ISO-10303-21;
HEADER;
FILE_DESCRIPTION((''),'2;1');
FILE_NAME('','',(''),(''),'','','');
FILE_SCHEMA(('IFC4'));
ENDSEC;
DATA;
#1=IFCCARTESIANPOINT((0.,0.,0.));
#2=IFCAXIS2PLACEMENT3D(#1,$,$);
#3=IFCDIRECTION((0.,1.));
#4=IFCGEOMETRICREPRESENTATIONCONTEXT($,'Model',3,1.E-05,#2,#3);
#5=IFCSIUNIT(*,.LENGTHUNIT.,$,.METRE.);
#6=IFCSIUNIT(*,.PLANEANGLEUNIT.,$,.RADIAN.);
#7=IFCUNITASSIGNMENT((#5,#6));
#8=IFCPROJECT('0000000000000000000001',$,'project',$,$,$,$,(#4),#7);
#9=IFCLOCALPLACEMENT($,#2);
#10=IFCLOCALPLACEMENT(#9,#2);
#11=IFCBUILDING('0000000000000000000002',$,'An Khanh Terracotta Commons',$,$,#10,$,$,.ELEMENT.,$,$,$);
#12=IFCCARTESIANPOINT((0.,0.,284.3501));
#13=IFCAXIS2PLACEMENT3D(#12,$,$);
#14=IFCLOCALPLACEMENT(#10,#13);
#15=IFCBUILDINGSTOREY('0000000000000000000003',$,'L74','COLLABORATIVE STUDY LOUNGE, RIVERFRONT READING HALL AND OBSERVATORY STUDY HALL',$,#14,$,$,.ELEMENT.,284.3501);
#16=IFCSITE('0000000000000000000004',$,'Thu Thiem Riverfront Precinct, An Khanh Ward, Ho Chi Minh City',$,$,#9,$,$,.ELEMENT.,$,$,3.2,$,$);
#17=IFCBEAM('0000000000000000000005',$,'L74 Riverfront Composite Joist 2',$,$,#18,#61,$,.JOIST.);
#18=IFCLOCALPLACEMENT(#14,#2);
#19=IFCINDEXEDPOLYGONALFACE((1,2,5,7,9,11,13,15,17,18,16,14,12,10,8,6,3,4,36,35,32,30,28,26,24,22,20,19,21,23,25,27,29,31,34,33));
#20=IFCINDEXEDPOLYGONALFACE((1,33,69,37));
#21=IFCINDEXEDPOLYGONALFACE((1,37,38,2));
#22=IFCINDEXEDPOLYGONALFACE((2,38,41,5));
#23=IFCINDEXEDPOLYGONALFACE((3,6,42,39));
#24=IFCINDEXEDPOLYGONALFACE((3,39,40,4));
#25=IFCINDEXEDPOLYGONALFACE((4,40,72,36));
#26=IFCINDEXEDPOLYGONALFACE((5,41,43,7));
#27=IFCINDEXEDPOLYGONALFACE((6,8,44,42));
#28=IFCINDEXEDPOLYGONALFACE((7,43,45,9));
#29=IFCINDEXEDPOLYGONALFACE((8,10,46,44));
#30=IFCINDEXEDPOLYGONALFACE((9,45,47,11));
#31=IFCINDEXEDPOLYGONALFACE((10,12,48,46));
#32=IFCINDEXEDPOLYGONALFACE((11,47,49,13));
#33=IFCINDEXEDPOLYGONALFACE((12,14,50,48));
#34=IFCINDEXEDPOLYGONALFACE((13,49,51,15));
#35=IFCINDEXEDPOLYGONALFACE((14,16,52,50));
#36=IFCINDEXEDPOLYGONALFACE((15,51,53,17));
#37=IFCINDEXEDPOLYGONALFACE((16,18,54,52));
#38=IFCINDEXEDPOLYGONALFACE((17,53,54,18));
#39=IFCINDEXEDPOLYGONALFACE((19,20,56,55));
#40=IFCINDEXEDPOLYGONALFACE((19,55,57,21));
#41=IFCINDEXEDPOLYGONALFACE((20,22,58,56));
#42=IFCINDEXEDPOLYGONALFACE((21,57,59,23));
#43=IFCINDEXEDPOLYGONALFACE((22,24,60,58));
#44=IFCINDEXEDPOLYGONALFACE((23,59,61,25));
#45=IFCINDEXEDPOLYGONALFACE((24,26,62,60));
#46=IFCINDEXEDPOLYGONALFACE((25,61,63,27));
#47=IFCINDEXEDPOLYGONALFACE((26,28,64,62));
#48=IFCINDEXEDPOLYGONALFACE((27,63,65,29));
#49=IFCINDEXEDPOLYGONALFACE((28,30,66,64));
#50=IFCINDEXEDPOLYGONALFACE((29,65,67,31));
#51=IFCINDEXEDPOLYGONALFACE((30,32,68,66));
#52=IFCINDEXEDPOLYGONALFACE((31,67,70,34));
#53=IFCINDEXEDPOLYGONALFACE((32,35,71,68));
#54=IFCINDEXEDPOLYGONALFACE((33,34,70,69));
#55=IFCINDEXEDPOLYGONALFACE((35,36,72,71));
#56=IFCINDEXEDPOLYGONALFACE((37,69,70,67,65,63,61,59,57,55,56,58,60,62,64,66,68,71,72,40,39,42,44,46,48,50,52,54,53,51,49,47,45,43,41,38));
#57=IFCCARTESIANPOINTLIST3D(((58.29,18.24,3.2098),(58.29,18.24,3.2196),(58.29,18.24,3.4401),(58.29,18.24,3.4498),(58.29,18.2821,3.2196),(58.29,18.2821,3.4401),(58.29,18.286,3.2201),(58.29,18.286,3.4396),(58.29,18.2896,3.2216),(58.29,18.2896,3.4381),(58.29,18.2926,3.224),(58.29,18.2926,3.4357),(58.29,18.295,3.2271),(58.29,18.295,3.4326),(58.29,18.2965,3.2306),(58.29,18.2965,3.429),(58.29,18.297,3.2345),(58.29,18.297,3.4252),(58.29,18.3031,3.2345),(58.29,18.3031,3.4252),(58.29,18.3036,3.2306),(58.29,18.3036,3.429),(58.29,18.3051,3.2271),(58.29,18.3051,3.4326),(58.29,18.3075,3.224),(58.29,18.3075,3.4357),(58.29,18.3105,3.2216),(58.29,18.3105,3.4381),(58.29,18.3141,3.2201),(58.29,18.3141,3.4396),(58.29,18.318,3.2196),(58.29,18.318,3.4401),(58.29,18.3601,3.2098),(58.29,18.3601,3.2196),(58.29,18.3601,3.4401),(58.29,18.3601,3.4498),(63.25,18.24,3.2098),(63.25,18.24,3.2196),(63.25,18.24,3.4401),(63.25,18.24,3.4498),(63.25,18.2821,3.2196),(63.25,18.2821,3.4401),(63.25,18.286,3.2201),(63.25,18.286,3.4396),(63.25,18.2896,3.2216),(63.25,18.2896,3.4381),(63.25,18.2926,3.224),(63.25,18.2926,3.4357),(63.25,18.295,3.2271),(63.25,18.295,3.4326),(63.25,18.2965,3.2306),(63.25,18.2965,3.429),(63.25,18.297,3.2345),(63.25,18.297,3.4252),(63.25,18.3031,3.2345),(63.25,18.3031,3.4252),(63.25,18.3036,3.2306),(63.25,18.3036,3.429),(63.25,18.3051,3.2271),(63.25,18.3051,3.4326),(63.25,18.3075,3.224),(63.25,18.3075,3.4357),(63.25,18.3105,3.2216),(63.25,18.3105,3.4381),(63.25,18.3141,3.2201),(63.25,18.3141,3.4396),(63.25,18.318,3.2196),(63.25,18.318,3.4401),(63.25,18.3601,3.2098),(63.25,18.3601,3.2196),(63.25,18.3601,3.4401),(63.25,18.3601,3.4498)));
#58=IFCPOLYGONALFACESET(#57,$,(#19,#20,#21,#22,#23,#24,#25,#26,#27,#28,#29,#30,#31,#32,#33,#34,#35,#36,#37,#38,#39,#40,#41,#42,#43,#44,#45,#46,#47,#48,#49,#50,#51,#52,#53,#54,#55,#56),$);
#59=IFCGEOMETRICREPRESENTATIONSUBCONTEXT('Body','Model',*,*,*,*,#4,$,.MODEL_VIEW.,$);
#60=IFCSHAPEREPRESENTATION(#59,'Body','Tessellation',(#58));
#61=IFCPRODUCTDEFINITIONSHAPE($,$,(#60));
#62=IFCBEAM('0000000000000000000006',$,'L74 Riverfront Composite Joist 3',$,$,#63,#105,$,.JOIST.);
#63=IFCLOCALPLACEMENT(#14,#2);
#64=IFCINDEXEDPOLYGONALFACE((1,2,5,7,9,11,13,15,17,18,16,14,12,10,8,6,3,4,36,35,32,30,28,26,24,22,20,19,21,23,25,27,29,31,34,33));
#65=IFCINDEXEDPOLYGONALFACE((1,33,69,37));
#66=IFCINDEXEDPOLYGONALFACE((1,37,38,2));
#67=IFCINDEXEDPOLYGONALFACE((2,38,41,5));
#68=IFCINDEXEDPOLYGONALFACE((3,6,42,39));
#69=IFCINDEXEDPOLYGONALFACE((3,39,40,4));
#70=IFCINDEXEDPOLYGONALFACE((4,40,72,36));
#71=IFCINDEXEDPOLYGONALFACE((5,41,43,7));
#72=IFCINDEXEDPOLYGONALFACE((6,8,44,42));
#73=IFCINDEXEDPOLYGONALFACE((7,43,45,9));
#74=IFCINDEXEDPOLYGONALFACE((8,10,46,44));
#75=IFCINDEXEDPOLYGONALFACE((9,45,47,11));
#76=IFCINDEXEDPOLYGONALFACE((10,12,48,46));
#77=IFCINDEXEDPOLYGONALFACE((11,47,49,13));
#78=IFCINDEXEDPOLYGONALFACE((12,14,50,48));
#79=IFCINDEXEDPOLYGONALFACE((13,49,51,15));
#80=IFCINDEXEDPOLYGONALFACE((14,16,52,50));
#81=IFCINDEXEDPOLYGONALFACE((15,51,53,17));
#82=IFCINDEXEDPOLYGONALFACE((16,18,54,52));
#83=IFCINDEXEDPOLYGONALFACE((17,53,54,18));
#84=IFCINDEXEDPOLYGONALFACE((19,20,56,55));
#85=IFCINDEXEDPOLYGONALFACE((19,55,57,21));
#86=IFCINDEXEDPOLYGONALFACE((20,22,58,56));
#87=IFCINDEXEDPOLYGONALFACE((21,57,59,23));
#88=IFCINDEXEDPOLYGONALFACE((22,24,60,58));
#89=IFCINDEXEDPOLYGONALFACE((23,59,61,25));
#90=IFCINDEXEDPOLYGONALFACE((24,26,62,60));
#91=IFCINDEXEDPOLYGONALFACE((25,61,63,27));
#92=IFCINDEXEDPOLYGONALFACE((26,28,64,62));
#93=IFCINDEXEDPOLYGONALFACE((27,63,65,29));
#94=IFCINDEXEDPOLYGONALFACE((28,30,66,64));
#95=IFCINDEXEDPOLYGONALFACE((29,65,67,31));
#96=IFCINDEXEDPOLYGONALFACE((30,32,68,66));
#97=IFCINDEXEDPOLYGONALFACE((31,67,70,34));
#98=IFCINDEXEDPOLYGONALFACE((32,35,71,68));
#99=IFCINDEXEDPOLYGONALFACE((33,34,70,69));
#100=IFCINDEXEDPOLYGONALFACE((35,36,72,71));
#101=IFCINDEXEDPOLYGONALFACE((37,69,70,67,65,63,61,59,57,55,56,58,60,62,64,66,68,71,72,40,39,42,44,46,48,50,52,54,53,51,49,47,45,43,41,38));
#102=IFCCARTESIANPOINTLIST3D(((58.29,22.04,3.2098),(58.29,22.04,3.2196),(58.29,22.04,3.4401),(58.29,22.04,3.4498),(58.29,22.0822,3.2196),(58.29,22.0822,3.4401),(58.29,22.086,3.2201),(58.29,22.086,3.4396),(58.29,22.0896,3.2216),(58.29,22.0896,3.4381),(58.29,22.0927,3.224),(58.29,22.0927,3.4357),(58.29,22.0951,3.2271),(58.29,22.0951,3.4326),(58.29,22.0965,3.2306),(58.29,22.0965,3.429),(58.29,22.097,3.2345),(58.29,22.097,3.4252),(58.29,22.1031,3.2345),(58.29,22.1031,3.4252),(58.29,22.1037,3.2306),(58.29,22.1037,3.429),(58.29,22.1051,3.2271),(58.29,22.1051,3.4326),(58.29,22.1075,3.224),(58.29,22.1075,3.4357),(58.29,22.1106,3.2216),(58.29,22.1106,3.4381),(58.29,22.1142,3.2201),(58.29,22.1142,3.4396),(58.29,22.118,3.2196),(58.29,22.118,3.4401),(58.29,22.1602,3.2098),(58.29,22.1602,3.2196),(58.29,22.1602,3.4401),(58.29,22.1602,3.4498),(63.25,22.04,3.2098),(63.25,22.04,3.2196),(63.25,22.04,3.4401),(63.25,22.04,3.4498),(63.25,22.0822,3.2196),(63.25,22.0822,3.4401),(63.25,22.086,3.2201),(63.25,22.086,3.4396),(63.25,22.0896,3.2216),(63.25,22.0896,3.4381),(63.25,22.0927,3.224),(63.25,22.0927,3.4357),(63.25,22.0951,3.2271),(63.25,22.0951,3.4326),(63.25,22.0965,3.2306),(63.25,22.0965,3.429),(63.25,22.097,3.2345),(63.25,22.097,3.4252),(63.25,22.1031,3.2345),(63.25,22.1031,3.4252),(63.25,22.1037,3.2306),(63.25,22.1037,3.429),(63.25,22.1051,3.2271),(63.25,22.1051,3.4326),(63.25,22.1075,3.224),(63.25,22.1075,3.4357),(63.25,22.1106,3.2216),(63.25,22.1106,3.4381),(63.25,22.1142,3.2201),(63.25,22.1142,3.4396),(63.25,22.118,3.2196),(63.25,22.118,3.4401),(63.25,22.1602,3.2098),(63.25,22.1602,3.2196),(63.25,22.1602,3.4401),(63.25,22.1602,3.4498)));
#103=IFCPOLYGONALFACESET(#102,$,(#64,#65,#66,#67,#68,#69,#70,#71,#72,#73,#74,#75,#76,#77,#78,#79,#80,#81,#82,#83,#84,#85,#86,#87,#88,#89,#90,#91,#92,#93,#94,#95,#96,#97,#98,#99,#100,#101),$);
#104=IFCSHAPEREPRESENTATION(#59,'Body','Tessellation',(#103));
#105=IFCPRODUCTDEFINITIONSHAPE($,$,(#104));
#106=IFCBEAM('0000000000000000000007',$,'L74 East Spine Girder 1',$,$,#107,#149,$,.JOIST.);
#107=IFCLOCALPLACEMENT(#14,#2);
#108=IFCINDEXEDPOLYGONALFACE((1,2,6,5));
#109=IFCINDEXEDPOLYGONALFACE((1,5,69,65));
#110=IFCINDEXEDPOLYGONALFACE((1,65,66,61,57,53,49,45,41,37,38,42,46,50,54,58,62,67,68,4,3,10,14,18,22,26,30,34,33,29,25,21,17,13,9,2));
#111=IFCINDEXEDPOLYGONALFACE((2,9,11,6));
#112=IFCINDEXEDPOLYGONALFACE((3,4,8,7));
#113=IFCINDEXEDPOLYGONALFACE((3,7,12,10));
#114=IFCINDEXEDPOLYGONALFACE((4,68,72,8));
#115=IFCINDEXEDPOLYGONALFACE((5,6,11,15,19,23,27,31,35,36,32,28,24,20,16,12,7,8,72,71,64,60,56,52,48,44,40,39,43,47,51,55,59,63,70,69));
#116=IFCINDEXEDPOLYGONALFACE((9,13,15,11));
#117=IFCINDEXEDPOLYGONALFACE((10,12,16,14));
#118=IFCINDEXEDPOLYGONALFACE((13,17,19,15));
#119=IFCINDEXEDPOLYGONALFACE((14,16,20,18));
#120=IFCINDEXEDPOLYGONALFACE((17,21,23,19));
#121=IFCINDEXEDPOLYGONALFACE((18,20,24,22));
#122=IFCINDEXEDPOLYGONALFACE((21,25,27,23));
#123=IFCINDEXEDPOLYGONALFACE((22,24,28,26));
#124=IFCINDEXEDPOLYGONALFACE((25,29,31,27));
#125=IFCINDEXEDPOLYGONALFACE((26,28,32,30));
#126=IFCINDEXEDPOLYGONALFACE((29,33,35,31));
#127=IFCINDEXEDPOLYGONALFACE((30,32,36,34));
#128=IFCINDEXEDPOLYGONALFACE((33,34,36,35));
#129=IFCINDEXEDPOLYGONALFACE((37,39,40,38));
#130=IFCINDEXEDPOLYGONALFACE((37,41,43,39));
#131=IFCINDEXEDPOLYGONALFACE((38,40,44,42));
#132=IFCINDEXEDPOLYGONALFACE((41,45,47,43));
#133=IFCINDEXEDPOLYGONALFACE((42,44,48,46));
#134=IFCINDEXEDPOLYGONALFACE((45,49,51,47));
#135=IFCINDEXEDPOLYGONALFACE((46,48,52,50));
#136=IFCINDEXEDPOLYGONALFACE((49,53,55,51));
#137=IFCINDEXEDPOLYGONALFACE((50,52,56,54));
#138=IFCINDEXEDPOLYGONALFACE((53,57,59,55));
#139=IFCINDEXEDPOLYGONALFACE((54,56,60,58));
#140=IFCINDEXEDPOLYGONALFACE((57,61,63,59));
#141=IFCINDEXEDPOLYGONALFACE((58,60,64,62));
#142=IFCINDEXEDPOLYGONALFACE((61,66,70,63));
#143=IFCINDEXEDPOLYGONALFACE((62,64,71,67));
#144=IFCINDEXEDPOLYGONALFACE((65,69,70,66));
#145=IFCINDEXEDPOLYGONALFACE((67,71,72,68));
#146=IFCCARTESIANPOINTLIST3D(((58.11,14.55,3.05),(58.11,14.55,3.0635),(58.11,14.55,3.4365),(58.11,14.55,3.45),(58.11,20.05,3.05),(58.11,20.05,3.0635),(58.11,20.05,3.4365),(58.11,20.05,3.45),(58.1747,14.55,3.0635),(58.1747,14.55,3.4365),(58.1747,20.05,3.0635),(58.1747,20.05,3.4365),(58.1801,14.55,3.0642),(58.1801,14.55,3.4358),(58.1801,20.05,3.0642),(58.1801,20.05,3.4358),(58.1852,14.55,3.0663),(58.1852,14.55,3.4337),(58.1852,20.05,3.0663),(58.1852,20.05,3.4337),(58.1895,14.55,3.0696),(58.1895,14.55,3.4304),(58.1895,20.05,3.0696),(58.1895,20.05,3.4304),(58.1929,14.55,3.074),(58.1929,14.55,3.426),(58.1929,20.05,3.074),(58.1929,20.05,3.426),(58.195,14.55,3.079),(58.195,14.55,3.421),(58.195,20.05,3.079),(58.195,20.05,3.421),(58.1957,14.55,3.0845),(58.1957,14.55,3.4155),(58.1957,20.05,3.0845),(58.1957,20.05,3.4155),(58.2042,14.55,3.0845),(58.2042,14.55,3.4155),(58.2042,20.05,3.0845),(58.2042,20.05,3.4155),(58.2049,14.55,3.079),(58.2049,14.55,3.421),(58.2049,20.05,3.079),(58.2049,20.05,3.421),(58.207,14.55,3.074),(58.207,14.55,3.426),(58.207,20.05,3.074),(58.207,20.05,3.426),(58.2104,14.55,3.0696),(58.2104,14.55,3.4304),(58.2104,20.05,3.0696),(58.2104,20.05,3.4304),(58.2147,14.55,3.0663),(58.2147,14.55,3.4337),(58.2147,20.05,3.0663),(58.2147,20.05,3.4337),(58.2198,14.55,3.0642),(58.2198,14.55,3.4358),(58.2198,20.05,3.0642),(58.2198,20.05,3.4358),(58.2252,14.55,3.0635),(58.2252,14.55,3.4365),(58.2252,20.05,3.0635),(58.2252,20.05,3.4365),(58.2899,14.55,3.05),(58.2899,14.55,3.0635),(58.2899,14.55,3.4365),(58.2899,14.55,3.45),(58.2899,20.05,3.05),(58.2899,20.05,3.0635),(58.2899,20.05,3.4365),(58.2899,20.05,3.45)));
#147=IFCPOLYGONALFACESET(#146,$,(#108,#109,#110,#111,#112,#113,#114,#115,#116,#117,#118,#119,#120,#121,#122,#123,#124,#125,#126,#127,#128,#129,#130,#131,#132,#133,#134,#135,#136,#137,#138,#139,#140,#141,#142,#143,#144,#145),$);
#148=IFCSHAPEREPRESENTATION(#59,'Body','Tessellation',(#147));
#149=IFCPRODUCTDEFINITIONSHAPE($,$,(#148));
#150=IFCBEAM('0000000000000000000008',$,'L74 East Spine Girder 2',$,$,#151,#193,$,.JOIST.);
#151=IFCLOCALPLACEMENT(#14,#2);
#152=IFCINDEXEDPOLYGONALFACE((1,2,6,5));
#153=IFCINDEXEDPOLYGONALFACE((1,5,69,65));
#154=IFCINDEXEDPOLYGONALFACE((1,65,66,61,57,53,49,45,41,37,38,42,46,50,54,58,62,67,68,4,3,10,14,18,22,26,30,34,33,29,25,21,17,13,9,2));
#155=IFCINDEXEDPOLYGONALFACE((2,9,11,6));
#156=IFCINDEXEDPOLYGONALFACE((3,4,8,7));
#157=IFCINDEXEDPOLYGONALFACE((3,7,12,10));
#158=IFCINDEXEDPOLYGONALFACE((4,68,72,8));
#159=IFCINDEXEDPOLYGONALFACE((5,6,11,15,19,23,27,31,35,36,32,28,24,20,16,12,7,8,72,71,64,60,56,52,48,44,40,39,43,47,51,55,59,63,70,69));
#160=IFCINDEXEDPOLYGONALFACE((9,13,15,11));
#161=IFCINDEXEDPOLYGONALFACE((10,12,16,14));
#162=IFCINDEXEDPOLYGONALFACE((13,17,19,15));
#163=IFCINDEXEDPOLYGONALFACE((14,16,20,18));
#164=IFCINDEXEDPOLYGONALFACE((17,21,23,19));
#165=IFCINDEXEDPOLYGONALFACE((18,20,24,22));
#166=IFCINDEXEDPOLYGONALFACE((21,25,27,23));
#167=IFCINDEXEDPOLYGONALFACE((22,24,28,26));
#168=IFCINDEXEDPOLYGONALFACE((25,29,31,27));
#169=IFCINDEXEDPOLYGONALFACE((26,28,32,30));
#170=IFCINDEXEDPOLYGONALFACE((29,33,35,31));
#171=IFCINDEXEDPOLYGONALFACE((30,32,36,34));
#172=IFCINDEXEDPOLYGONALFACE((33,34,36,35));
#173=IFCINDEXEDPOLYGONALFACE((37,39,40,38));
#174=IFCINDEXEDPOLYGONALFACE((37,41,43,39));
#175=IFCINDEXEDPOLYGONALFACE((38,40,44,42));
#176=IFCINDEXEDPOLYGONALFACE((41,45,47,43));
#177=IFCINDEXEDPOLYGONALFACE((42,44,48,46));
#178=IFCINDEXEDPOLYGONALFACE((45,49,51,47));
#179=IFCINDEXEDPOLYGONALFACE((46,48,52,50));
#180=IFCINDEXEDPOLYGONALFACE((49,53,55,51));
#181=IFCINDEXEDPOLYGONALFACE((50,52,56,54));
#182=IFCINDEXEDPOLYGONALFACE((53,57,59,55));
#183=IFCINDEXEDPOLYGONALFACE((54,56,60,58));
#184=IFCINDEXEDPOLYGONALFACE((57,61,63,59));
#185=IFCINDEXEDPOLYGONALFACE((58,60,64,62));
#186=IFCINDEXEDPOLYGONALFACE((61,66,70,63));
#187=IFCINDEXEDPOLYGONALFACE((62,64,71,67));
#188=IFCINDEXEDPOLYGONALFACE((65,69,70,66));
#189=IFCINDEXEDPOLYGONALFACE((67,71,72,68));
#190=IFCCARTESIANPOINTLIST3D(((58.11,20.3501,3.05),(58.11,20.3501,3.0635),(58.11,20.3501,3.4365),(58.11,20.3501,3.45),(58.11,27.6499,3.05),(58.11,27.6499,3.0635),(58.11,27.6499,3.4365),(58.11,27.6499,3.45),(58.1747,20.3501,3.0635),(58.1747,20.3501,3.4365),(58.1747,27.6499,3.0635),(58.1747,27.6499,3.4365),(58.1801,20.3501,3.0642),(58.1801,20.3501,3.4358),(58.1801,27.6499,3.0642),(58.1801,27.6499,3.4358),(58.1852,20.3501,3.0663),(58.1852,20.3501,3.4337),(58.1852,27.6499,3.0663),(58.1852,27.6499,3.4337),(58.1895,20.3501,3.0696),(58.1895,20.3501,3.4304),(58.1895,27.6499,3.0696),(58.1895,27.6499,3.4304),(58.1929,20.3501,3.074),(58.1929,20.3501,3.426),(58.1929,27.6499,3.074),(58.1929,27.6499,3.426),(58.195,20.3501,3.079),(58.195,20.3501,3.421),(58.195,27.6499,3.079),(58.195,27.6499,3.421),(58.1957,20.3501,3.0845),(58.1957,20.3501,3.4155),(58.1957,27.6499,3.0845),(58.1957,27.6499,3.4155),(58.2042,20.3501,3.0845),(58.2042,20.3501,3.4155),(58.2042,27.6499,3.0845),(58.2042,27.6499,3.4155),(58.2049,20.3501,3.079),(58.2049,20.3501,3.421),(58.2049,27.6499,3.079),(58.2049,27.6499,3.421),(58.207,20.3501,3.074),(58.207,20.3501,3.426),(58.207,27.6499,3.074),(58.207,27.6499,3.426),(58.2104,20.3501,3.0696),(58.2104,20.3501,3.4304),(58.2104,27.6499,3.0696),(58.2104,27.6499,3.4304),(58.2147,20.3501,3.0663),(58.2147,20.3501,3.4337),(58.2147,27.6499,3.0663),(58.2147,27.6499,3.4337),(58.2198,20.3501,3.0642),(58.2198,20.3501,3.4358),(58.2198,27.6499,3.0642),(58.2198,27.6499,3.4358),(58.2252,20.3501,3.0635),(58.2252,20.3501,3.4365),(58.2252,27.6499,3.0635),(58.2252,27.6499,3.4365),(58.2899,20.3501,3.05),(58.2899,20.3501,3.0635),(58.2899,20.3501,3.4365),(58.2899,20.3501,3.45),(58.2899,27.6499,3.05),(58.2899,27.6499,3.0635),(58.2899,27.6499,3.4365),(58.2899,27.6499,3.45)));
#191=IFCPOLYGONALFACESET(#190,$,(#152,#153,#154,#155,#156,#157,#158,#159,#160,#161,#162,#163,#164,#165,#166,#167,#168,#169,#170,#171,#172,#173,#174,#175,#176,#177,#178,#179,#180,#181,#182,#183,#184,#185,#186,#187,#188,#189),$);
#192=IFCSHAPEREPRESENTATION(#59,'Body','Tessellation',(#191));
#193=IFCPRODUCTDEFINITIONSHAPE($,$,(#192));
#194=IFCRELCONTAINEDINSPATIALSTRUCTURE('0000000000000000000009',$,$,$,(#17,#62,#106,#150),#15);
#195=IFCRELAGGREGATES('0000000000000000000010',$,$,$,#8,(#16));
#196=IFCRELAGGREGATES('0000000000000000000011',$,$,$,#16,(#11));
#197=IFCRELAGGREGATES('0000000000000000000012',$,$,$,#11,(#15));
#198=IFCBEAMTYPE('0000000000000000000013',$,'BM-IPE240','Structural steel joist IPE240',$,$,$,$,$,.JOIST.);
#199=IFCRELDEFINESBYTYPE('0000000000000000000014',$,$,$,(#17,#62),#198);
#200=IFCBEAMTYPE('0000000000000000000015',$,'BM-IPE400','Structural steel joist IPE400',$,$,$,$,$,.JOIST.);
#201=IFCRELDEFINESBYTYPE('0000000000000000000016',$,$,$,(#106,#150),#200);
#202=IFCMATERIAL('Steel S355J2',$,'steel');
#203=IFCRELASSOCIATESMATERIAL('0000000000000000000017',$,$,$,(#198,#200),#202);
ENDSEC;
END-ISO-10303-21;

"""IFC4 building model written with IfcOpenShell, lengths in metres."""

from ifc_helpers import new_model, si_unit, direction, frame, origin, origin_2d, place, context, subcontext, project, spatial, i_section, extrude, material, material_profile, profile_set, type_object, element, save


model = new_model("IFC4")

# Units and contexts
model_context = context("Model", 3, precision=1e-05, world=origin(), true_north=direction((0.0, 1.0)))
body_context = subcontext(model_context, "Body", "Model", "MODEL_VIEW")
ifc_project = project(units=[si_unit("LENGTHUNIT", "METRE"), si_unit("PLANEANGLEUNIT", "RADIAN")], contexts=[model_context])

# Site, building, storey
site_placement = place(None, origin())
site = spatial("IfcSite", under=ifc_project, at=site_placement, Name="Thu Thiem Riverfront Precinct, An Khanh Ward, Ho Chi Minh City", CompositionType="ELEMENT", RefElevation=3.2)
building_placement = place(site_placement, origin())
building = spatial("IfcBuilding", under=site, at=building_placement, Name="An Khanh Terracotta Commons", CompositionType="ELEMENT")
storey_placement = place(building_placement, frame((0.0, 0.0, 284.3501)))
storey = spatial("IfcBuildingStorey", under=building, at=storey_placement, Name="L74", Description="COLLABORATIVE STUDY LOUNGE, RIVERFRONT READING HALL AND OBSERVATORY STUDY HALL", CompositionType="ELEMENT", Elevation=284.3501)

# Beams
ifc_material_1 = material(Name="Steel S355J2", Category="steel")
ifc_material_profile_1 = material_profile(ifc_material_1, i_section(OverallWidth=0.1201, OverallDepth=0.24, WebThickness=0.0061, FlangeThickness=0.0098, FilletRadius=0.0149, at=origin_2d()), Name="IPE240")
ifc_profile_set_1 = profile_set([ifc_material_profile_1], Name="Steel S355J2")
beam_type_1 = type_object("IfcBeamType", Name="BM-IPE240", Description="Structural steel joist IPE240", PredefinedType="JOIST", material=ifc_profile_set_1)
for number, where, z_axis, x_axis, name in (
    (1, (58.29, 18.3, 3.3298), (1.0, 0.0, 0.0), (0.0, 1.0, 0.0), "L74 Riverfront Composite Joist 2"),
    (2, (58.29, 22.1001, 3.3298), (1.0, 0.0, 0.0), (0.0, 1.0, 0.0), "L74 Riverfront Composite Joist 3"),
):
    element("IfcBeam", number, at=place(storey_placement, frame(where, z_axis=z_axis, x_axis=x_axis)), inside=storey, type_object=beam_type_1, Name=name, PredefinedType="JOIST", context=body_context, shape_type="SweptSolid", body=[
        extrude(i_section(OverallWidth=0.1201, OverallDepth=0.24, WebThickness=0.0061, FlangeThickness=0.0098, FilletRadius=0.0149, at=origin_2d()), origin(), (0.0, 0.0, 1.0), 4.96),
    ])
ifc_material_profile_2 = material_profile(ifc_material_1, i_section(OverallWidth=0.1799, OverallDepth=0.3999, WebThickness=0.0085, FlangeThickness=0.0134, FilletRadius=0.021, at=origin_2d()), Name="IPE400")
ifc_profile_set_2 = profile_set([ifc_material_profile_2], Name="Steel S355J2")
beam_type_2 = type_object("IfcBeamType", Name="BM-IPE400", Description="Structural steel joist IPE400", PredefinedType="JOIST", material=ifc_profile_set_2)
beam_1_placement = place(storey_placement, frame((58.2, 14.55, 3.25), z_axis=(0.0, 1.0, 0.0), x_axis=(-1.0, 0.0, 0.0)))
element("IfcBeam", 3, at=beam_1_placement, inside=storey, type_object=beam_type_2, Name="L74 East Spine Girder 1", PredefinedType="JOIST", context=body_context, shape_type="SweptSolid", body=[
    extrude(i_section(OverallWidth=0.1799, OverallDepth=0.3999, WebThickness=0.0085, FlangeThickness=0.0134, FilletRadius=0.021, at=origin_2d()), origin(), (0.0, 0.0, 1.0), 5.5),
])
beam_2_placement = place(storey_placement, frame((58.2, 20.3501, 3.25), z_axis=(0.0, 1.0, 0.0), x_axis=(-1.0, 0.0, 0.0)))
element("IfcBeam", 4, at=beam_2_placement, inside=storey, type_object=beam_type_2, Name="L74 East Spine Girder 2", PredefinedType="JOIST", context=body_context, shape_type="SweptSolid", body=[
    extrude(i_section(OverallWidth=0.1799, OverallDepth=0.3999, WebThickness=0.0085, FlangeThickness=0.0134, FilletRadius=0.021, at=origin_2d()), origin(), (0.0, 0.0, 1.0), 7.2998),
])

save(model, "model.ifc")
